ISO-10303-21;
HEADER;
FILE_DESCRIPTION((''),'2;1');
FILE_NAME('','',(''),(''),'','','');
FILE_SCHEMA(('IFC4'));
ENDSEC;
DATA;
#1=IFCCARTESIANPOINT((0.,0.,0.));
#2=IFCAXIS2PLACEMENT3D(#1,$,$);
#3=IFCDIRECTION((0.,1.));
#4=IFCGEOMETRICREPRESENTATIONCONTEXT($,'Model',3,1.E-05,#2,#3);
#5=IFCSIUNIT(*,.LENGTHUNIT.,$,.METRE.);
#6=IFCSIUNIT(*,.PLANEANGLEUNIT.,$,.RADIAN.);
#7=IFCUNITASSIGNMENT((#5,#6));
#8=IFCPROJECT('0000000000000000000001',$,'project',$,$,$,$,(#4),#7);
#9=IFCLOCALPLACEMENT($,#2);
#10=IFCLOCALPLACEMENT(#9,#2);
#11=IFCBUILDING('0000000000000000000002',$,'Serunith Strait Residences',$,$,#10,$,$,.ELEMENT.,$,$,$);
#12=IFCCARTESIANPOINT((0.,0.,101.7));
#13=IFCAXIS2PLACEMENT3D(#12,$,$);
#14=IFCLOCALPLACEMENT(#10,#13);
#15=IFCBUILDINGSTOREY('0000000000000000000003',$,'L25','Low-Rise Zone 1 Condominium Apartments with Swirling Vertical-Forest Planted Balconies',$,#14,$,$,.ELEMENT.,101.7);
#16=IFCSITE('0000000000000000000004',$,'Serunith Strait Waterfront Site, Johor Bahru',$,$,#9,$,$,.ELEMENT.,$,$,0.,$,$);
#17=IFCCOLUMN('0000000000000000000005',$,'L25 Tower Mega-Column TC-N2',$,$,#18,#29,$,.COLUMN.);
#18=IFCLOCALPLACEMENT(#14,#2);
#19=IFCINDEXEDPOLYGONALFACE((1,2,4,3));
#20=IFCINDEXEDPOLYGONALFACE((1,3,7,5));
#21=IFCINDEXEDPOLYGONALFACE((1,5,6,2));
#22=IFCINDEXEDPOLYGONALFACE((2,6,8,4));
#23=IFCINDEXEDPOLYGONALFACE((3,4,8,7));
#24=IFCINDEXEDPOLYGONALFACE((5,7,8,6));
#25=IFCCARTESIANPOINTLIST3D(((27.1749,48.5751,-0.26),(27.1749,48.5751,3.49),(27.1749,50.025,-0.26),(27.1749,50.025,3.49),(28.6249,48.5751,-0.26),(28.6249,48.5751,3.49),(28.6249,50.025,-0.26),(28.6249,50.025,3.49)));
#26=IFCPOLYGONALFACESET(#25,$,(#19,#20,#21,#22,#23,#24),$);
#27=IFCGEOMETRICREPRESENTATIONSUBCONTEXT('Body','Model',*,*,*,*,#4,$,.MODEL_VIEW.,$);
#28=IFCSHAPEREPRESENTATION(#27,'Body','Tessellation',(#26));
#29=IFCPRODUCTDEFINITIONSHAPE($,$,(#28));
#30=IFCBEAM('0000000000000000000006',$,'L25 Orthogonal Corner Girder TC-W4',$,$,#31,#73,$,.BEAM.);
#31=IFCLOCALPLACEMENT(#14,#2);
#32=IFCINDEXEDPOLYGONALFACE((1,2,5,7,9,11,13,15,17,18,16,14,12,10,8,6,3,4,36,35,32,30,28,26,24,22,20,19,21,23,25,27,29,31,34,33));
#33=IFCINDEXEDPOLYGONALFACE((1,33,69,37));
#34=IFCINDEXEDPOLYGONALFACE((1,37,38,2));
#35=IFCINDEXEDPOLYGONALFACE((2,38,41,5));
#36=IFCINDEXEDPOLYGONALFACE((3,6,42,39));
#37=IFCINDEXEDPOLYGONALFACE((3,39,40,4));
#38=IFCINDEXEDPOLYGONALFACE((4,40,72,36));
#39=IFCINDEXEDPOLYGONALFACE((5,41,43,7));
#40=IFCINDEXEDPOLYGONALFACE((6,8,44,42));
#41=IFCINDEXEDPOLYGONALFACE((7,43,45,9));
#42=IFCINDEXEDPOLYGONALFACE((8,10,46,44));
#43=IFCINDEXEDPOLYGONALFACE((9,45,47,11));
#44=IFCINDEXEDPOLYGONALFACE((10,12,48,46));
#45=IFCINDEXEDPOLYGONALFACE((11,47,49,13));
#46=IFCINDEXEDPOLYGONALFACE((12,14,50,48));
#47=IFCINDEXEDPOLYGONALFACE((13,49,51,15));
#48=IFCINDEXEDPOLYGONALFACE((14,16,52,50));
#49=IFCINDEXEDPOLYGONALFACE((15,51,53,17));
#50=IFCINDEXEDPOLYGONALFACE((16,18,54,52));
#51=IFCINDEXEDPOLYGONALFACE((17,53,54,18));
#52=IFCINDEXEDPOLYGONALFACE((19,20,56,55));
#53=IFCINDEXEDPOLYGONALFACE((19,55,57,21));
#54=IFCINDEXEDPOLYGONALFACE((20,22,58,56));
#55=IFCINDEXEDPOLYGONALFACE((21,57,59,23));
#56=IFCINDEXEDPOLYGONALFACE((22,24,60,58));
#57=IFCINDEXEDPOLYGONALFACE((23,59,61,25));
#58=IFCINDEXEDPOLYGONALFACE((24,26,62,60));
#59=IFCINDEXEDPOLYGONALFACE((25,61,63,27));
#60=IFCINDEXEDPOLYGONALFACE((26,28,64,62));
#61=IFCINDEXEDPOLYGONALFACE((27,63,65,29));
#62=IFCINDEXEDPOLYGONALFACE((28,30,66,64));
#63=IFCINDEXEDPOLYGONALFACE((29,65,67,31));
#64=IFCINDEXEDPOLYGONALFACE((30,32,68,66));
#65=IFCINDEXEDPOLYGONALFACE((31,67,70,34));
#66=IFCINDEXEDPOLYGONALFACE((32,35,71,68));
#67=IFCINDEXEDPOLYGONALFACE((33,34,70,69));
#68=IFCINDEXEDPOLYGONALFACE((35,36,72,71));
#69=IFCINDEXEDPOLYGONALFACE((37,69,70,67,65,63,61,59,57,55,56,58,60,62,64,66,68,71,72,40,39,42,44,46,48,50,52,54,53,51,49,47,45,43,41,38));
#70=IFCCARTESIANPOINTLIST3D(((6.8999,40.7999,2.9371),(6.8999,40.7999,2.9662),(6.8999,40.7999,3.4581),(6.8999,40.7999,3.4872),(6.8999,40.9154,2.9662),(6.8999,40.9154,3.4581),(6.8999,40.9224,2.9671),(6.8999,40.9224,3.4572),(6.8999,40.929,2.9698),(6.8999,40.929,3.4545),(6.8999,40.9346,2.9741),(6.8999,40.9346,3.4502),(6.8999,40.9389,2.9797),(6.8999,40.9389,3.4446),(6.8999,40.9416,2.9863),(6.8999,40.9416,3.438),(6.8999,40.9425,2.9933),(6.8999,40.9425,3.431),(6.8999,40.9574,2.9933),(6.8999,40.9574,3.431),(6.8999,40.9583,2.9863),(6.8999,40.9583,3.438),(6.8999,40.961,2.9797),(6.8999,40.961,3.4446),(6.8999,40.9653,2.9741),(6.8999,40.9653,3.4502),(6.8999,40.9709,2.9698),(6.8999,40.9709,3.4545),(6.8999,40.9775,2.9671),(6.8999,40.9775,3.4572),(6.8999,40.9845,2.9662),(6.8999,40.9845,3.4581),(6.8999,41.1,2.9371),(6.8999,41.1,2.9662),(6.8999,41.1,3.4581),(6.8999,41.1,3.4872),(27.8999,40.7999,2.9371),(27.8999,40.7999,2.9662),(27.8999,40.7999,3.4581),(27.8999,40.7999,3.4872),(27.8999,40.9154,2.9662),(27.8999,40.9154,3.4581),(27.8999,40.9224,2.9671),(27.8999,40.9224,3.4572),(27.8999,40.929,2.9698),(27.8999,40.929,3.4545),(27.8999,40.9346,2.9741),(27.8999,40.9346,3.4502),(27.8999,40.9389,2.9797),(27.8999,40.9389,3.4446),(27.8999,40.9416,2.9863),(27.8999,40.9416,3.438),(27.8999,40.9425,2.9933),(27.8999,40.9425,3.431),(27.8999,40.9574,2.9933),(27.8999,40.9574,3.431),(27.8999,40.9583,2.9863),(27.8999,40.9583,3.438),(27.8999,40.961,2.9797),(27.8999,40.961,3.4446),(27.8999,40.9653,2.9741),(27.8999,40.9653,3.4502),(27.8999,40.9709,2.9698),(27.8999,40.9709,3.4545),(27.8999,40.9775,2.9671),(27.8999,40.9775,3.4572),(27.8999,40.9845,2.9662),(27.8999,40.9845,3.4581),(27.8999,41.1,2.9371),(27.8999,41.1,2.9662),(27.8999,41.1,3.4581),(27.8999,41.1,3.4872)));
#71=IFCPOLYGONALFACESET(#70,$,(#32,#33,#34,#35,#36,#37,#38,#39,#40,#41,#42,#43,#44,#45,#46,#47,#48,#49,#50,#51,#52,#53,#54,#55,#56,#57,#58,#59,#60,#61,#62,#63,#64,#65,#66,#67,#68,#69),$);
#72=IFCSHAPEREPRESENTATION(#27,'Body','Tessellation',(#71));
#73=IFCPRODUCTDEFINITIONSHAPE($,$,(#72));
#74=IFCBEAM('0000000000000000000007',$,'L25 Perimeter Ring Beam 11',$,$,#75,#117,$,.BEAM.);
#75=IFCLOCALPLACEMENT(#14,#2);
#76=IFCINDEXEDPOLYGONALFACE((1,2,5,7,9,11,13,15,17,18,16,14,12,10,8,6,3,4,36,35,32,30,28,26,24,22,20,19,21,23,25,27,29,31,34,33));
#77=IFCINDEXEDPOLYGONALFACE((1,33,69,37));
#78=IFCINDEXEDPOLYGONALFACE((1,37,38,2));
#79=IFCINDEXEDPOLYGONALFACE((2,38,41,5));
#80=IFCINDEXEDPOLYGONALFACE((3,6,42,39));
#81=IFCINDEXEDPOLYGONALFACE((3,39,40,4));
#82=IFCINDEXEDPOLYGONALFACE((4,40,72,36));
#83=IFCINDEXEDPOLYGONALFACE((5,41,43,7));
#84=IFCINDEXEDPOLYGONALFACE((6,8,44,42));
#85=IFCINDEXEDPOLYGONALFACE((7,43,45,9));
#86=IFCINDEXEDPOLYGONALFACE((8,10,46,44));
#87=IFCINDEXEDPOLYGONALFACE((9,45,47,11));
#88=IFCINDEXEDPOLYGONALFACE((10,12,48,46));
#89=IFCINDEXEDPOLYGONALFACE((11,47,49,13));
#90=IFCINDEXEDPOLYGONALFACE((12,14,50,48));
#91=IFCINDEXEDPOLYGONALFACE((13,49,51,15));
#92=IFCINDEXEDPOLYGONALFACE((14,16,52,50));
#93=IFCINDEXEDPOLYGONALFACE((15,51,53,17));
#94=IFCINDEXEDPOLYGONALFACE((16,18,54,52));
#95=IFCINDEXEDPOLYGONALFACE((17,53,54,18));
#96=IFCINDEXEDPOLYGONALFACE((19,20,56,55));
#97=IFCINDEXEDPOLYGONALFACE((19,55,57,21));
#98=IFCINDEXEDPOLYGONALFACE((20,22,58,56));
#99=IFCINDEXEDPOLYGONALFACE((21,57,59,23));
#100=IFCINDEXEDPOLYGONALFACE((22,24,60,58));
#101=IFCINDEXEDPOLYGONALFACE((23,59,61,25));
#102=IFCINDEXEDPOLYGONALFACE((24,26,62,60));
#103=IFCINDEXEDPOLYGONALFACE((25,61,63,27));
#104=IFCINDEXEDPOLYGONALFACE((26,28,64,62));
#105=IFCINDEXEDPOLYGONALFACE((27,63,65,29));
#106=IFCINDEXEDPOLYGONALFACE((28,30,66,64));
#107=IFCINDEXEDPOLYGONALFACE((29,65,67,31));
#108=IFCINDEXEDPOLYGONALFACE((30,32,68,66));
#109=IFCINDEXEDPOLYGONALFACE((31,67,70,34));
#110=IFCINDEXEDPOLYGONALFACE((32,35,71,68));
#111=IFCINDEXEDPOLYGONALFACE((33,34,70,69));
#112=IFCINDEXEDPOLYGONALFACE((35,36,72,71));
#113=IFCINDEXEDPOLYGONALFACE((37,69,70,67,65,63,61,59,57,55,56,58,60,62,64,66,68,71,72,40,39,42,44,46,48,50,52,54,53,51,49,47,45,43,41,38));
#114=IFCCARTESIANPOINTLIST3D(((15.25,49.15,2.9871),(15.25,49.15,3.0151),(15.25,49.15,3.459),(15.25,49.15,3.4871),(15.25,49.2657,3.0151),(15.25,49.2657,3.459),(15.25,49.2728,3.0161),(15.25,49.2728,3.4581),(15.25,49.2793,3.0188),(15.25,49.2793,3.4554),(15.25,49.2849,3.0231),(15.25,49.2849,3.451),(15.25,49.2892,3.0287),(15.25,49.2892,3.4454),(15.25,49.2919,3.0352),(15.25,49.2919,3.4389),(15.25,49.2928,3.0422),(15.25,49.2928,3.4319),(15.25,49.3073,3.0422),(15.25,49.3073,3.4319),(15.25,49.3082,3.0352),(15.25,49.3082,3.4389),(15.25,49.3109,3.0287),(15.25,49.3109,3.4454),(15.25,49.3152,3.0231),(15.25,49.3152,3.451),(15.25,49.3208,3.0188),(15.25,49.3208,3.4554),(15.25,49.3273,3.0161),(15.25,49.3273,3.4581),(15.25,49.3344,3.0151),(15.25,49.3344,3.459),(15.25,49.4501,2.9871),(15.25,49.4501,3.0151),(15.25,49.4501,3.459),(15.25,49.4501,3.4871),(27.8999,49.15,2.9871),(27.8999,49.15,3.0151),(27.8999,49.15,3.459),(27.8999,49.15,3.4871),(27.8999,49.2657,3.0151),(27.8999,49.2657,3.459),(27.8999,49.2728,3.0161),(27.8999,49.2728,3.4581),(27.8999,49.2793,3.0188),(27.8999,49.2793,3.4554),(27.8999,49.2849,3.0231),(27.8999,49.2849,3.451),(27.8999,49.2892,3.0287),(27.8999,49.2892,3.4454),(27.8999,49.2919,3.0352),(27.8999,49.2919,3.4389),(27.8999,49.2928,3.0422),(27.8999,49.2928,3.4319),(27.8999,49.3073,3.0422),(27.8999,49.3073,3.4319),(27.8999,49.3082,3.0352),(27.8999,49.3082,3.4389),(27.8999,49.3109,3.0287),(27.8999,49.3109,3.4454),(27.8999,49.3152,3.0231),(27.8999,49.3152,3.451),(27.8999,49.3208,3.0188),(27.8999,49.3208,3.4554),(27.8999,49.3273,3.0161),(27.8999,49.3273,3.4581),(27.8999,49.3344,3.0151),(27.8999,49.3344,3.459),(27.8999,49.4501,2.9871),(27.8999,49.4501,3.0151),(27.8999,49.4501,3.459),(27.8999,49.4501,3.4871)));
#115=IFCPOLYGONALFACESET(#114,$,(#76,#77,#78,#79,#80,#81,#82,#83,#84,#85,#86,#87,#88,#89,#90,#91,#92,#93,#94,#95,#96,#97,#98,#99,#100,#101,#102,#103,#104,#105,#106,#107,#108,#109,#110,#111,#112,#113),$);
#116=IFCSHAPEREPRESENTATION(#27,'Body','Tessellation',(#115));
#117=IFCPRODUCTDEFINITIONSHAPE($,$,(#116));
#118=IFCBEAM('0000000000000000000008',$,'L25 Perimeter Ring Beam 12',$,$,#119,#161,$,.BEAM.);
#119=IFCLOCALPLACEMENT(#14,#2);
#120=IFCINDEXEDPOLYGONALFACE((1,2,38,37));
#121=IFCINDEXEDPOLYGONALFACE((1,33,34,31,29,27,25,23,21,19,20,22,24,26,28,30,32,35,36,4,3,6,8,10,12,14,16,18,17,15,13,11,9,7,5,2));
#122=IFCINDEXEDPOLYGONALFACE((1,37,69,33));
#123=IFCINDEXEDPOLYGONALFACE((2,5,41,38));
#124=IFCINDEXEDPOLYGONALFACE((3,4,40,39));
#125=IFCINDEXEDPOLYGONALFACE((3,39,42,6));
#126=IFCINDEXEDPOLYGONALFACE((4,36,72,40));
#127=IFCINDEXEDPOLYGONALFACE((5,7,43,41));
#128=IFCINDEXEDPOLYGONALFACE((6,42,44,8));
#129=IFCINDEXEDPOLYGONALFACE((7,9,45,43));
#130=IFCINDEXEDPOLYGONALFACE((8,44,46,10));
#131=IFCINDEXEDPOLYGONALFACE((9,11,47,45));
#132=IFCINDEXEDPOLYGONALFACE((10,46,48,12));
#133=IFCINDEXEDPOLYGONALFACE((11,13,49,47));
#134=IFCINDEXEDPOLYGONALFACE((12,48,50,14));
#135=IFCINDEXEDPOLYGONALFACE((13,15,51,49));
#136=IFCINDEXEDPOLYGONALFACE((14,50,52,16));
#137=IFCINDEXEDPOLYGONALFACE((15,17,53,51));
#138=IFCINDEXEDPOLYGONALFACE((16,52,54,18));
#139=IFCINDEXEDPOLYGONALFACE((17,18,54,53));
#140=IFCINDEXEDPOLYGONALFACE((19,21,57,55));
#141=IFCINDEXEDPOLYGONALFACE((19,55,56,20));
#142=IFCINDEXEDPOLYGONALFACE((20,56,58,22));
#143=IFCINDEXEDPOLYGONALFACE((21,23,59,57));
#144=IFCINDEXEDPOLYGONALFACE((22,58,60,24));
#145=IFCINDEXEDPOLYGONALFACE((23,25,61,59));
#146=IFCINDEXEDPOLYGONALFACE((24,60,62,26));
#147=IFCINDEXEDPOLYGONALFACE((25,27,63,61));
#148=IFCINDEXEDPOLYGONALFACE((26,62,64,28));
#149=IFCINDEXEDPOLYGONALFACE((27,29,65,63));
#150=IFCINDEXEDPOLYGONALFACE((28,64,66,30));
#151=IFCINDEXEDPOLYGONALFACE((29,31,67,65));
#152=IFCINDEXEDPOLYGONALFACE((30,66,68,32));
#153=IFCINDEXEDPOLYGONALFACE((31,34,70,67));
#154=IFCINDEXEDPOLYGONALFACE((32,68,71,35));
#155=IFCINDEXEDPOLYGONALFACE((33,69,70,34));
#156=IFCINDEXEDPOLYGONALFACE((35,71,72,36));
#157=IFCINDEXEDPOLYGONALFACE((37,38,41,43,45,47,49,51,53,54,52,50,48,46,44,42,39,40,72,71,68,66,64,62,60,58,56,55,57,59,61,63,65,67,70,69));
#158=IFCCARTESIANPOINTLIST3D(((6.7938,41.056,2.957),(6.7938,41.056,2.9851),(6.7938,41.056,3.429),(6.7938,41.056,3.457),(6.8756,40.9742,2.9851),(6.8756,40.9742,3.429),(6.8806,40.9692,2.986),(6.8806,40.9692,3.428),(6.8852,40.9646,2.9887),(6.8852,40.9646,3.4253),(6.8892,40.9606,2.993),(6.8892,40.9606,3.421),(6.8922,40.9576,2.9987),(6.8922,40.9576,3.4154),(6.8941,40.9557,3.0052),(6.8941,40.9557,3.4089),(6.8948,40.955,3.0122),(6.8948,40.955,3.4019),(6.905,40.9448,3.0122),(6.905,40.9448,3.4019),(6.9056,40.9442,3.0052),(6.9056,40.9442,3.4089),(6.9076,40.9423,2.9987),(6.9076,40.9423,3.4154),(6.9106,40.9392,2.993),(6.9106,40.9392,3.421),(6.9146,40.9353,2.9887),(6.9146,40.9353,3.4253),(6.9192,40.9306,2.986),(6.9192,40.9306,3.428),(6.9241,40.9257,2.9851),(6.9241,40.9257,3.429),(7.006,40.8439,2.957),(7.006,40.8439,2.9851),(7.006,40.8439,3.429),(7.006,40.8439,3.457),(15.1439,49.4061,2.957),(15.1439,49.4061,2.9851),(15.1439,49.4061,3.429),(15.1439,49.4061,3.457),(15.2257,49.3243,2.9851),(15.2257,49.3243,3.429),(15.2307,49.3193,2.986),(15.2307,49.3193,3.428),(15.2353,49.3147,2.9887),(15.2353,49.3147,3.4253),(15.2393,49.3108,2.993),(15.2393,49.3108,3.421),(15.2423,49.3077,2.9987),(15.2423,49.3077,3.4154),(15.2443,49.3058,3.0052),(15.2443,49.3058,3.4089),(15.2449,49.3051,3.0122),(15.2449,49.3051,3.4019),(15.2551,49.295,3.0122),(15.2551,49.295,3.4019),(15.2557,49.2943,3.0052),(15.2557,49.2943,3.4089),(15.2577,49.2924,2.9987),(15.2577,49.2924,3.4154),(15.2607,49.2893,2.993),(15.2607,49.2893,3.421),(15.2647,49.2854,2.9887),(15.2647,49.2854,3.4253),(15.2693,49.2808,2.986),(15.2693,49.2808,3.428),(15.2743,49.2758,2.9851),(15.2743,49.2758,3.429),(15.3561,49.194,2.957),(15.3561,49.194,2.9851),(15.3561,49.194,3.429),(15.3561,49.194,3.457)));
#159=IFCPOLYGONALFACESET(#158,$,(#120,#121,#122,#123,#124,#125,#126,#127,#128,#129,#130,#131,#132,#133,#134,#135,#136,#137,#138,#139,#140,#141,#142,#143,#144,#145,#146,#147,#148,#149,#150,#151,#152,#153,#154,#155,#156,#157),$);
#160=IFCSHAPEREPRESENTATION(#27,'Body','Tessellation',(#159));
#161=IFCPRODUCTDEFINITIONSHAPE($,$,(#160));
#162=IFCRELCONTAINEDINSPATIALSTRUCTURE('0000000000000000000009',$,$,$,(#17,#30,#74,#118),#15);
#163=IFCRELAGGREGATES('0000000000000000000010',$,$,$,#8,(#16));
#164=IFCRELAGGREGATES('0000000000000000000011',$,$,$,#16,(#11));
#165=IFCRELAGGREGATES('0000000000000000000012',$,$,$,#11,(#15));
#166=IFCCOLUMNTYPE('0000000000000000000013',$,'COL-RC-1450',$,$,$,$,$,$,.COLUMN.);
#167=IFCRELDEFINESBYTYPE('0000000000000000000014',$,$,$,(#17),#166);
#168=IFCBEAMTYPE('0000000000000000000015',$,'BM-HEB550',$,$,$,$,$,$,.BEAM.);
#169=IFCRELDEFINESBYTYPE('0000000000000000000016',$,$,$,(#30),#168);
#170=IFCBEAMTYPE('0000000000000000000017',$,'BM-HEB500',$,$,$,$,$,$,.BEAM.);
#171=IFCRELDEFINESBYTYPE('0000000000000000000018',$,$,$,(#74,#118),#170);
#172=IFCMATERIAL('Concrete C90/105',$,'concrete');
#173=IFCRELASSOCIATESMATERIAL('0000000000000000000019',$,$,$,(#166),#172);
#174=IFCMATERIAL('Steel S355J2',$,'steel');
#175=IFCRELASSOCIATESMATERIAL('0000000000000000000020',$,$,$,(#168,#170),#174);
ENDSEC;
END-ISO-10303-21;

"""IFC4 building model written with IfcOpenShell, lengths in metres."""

from ifc_helpers import new_model, si_unit, direction, frame, origin, origin_2d, place, context, subcontext, project, spatial, rectangle, i_section, extrude, source, transform, mapped, material, material_profile, profile_set, type_object, element, save


model = new_model("IFC4")

# Units and contexts
model_context = context("Model", 3, precision=1e-05, world=origin(), true_north=direction((0.0, 1.0)))
body_context = subcontext(model_context, "Body", "Model", "MODEL_VIEW")
ifc_project = project(units=[si_unit("LENGTHUNIT", "METRE"), si_unit("PLANEANGLEUNIT", "RADIAN")], contexts=[model_context])

# Site, building, storey
site_placement = place(None, origin())
site = spatial("IfcSite", under=ifc_project, at=site_placement, Name="Serunith Strait Waterfront Site, Johor Bahru", CompositionType="ELEMENT", RefElevation=0.0)
building_placement = place(site_placement, origin())
building = spatial("IfcBuilding", under=site, at=building_placement, Name="Serunith Strait Residences", CompositionType="ELEMENT")
storey_placement = place(building_placement, frame((0.0, 0.0, 101.7)))
storey = spatial("IfcBuildingStorey", under=building, at=storey_placement, Name="L25", Description="Low-Rise Zone 1 Condominium Apartments with Swirling Vertical-Forest Planted Balconies", CompositionType="ELEMENT", Elevation=101.7)

# Column
ifc_material_1 = material(Name="Concrete C90/105", Category="concrete")
ifc_material_profile_1 = material_profile(ifc_material_1, rectangle(XDim=1.45, YDim=1.45, at=origin_2d()), Name="RC 1450x1450")
ifc_profile_set_1 = profile_set([ifc_material_profile_1], Name="Concrete C90/105")
column_type = type_object("IfcColumnType", Name="COL-RC-1450", PredefinedType="COLUMN", material=ifc_profile_set_1)
shared_shape_1 = source(origin(), body_context, "Body", "SweptSolid", [
    extrude(rectangle(XDim=1.45, YDim=1.45, at=origin_2d()), origin(), (0.0, 0.0, 1.0), 3.75),
])
column_placement = place(storey_placement, frame((27.8999, 49.3, -0.26), z_axis=(0.0, 0.0, 1.0), x_axis=(1.0, 0.0, 0.0)))
element("IfcColumn", 1, at=column_placement, inside=storey, type_object=column_type, Name="L25 Tower Mega-Column TC-N2", PredefinedType="COLUMN", context=body_context, shape_type="MappedRepresentation", body=[
    mapped(shared_shape_1, transform((0.0, 0.0, 0.0), scale=1.0)),
])

# Beams
ifc_material_2 = material(Name="Steel S355J2", Category="steel")
ifc_material_profile_2 = material_profile(ifc_material_2, i_section(OverallWidth=0.3, OverallDepth=0.55, WebThickness=0.0149, FlangeThickness=0.0291, FilletRadius=0.0271, at=origin_2d()), Name="HEB 550")
ifc_profile_set_2 = profile_set([ifc_material_profile_2], Name="Steel S355J2")
beam_type_1 = type_object("IfcBeamType", Name="BM-HEB550", PredefinedType="BEAM", material=ifc_profile_set_2)
shared_shape_2 = source(origin(), body_context, "Body", "SweptSolid", [
    extrude(i_section(OverallWidth=0.3, OverallDepth=0.55, WebThickness=0.0149, FlangeThickness=0.0291, FilletRadius=0.0271, at=origin_2d()), origin(), (0.0, 0.0, 1.0), 21.0),
])
beam_1_placement = place(storey_placement, frame((27.8999, 40.95, 3.2122), z_axis=(-1.0, 0.0, 0.0), x_axis=(0.0, -1.0, 0.0)))
element("IfcBeam", 2, at=beam_1_placement, inside=storey, type_object=beam_type_1, Name="L25 Orthogonal Corner Girder TC-W4", PredefinedType="BEAM", context=body_context, shape_type="MappedRepresentation", body=[
    mapped(shared_shape_2, transform((0.0, 0.0, 0.0), scale=1.0)),
])
ifc_material_profile_3 = material_profile(ifc_material_2, i_section(OverallWidth=0.3, OverallDepth=0.5, WebThickness=0.0144, FlangeThickness=0.0281, FilletRadius=0.0271, at=origin_2d()), Name="HEB 500")
ifc_profile_set_3 = profile_set([ifc_material_profile_3], Name="Steel S355J2")
beam_type_2 = type_object("IfcBeamType", Name="BM-HEB500", PredefinedType="BEAM", material=ifc_profile_set_3)
shared_shape_3 = source(origin(), body_context, "Body", "SweptSolid", [
    extrude(i_section(OverallWidth=0.3, OverallDepth=0.5, WebThickness=0.0144, FlangeThickness=0.0281, FilletRadius=0.0271, at=origin_2d()), origin(), (0.0, 0.0, 1.0), 12.6499),
])
beam_2_placement = place(storey_placement, frame((27.8999, 49.3, 3.2371), z_axis=(-1.0, 0.0, 0.0), x_axis=(0.0, -1.0, 0.0)))
element("IfcBeam", 3, at=beam_2_placement, inside=storey, type_object=beam_type_2, Name="L25 Perimeter Ring Beam 11", PredefinedType="BEAM", context=body_context, shape_type="MappedRepresentation", body=[
    mapped(shared_shape_3, transform((0.0, 0.0, 0.0), scale=1.0)),
])
shared_shape_4 = source(origin(), body_context, "Body", "SweptSolid", [
    extrude(i_section(OverallWidth=0.3, OverallDepth=0.5, WebThickness=0.0144, FlangeThickness=0.0281, FilletRadius=0.0271, at=origin_2d()), origin(), (0.0, 0.0, 1.0), 11.8088),
])
beam_3_placement = place(storey_placement, frame((15.25, 49.3, 3.207), z_axis=(-0.707107, -0.707107, 0.0), x_axis=(0.707107, -0.707107, 0.0)))
element("IfcBeam", 4, at=beam_3_placement, inside=storey, type_object=beam_type_2, Name="L25 Perimeter Ring Beam 12", PredefinedType="BEAM", context=body_context, shape_type="MappedRepresentation", body=[
    mapped(shared_shape_4, transform((0.0, 0.0, 0.0), scale=1.0)),
])

save(model, "model.ifc")
